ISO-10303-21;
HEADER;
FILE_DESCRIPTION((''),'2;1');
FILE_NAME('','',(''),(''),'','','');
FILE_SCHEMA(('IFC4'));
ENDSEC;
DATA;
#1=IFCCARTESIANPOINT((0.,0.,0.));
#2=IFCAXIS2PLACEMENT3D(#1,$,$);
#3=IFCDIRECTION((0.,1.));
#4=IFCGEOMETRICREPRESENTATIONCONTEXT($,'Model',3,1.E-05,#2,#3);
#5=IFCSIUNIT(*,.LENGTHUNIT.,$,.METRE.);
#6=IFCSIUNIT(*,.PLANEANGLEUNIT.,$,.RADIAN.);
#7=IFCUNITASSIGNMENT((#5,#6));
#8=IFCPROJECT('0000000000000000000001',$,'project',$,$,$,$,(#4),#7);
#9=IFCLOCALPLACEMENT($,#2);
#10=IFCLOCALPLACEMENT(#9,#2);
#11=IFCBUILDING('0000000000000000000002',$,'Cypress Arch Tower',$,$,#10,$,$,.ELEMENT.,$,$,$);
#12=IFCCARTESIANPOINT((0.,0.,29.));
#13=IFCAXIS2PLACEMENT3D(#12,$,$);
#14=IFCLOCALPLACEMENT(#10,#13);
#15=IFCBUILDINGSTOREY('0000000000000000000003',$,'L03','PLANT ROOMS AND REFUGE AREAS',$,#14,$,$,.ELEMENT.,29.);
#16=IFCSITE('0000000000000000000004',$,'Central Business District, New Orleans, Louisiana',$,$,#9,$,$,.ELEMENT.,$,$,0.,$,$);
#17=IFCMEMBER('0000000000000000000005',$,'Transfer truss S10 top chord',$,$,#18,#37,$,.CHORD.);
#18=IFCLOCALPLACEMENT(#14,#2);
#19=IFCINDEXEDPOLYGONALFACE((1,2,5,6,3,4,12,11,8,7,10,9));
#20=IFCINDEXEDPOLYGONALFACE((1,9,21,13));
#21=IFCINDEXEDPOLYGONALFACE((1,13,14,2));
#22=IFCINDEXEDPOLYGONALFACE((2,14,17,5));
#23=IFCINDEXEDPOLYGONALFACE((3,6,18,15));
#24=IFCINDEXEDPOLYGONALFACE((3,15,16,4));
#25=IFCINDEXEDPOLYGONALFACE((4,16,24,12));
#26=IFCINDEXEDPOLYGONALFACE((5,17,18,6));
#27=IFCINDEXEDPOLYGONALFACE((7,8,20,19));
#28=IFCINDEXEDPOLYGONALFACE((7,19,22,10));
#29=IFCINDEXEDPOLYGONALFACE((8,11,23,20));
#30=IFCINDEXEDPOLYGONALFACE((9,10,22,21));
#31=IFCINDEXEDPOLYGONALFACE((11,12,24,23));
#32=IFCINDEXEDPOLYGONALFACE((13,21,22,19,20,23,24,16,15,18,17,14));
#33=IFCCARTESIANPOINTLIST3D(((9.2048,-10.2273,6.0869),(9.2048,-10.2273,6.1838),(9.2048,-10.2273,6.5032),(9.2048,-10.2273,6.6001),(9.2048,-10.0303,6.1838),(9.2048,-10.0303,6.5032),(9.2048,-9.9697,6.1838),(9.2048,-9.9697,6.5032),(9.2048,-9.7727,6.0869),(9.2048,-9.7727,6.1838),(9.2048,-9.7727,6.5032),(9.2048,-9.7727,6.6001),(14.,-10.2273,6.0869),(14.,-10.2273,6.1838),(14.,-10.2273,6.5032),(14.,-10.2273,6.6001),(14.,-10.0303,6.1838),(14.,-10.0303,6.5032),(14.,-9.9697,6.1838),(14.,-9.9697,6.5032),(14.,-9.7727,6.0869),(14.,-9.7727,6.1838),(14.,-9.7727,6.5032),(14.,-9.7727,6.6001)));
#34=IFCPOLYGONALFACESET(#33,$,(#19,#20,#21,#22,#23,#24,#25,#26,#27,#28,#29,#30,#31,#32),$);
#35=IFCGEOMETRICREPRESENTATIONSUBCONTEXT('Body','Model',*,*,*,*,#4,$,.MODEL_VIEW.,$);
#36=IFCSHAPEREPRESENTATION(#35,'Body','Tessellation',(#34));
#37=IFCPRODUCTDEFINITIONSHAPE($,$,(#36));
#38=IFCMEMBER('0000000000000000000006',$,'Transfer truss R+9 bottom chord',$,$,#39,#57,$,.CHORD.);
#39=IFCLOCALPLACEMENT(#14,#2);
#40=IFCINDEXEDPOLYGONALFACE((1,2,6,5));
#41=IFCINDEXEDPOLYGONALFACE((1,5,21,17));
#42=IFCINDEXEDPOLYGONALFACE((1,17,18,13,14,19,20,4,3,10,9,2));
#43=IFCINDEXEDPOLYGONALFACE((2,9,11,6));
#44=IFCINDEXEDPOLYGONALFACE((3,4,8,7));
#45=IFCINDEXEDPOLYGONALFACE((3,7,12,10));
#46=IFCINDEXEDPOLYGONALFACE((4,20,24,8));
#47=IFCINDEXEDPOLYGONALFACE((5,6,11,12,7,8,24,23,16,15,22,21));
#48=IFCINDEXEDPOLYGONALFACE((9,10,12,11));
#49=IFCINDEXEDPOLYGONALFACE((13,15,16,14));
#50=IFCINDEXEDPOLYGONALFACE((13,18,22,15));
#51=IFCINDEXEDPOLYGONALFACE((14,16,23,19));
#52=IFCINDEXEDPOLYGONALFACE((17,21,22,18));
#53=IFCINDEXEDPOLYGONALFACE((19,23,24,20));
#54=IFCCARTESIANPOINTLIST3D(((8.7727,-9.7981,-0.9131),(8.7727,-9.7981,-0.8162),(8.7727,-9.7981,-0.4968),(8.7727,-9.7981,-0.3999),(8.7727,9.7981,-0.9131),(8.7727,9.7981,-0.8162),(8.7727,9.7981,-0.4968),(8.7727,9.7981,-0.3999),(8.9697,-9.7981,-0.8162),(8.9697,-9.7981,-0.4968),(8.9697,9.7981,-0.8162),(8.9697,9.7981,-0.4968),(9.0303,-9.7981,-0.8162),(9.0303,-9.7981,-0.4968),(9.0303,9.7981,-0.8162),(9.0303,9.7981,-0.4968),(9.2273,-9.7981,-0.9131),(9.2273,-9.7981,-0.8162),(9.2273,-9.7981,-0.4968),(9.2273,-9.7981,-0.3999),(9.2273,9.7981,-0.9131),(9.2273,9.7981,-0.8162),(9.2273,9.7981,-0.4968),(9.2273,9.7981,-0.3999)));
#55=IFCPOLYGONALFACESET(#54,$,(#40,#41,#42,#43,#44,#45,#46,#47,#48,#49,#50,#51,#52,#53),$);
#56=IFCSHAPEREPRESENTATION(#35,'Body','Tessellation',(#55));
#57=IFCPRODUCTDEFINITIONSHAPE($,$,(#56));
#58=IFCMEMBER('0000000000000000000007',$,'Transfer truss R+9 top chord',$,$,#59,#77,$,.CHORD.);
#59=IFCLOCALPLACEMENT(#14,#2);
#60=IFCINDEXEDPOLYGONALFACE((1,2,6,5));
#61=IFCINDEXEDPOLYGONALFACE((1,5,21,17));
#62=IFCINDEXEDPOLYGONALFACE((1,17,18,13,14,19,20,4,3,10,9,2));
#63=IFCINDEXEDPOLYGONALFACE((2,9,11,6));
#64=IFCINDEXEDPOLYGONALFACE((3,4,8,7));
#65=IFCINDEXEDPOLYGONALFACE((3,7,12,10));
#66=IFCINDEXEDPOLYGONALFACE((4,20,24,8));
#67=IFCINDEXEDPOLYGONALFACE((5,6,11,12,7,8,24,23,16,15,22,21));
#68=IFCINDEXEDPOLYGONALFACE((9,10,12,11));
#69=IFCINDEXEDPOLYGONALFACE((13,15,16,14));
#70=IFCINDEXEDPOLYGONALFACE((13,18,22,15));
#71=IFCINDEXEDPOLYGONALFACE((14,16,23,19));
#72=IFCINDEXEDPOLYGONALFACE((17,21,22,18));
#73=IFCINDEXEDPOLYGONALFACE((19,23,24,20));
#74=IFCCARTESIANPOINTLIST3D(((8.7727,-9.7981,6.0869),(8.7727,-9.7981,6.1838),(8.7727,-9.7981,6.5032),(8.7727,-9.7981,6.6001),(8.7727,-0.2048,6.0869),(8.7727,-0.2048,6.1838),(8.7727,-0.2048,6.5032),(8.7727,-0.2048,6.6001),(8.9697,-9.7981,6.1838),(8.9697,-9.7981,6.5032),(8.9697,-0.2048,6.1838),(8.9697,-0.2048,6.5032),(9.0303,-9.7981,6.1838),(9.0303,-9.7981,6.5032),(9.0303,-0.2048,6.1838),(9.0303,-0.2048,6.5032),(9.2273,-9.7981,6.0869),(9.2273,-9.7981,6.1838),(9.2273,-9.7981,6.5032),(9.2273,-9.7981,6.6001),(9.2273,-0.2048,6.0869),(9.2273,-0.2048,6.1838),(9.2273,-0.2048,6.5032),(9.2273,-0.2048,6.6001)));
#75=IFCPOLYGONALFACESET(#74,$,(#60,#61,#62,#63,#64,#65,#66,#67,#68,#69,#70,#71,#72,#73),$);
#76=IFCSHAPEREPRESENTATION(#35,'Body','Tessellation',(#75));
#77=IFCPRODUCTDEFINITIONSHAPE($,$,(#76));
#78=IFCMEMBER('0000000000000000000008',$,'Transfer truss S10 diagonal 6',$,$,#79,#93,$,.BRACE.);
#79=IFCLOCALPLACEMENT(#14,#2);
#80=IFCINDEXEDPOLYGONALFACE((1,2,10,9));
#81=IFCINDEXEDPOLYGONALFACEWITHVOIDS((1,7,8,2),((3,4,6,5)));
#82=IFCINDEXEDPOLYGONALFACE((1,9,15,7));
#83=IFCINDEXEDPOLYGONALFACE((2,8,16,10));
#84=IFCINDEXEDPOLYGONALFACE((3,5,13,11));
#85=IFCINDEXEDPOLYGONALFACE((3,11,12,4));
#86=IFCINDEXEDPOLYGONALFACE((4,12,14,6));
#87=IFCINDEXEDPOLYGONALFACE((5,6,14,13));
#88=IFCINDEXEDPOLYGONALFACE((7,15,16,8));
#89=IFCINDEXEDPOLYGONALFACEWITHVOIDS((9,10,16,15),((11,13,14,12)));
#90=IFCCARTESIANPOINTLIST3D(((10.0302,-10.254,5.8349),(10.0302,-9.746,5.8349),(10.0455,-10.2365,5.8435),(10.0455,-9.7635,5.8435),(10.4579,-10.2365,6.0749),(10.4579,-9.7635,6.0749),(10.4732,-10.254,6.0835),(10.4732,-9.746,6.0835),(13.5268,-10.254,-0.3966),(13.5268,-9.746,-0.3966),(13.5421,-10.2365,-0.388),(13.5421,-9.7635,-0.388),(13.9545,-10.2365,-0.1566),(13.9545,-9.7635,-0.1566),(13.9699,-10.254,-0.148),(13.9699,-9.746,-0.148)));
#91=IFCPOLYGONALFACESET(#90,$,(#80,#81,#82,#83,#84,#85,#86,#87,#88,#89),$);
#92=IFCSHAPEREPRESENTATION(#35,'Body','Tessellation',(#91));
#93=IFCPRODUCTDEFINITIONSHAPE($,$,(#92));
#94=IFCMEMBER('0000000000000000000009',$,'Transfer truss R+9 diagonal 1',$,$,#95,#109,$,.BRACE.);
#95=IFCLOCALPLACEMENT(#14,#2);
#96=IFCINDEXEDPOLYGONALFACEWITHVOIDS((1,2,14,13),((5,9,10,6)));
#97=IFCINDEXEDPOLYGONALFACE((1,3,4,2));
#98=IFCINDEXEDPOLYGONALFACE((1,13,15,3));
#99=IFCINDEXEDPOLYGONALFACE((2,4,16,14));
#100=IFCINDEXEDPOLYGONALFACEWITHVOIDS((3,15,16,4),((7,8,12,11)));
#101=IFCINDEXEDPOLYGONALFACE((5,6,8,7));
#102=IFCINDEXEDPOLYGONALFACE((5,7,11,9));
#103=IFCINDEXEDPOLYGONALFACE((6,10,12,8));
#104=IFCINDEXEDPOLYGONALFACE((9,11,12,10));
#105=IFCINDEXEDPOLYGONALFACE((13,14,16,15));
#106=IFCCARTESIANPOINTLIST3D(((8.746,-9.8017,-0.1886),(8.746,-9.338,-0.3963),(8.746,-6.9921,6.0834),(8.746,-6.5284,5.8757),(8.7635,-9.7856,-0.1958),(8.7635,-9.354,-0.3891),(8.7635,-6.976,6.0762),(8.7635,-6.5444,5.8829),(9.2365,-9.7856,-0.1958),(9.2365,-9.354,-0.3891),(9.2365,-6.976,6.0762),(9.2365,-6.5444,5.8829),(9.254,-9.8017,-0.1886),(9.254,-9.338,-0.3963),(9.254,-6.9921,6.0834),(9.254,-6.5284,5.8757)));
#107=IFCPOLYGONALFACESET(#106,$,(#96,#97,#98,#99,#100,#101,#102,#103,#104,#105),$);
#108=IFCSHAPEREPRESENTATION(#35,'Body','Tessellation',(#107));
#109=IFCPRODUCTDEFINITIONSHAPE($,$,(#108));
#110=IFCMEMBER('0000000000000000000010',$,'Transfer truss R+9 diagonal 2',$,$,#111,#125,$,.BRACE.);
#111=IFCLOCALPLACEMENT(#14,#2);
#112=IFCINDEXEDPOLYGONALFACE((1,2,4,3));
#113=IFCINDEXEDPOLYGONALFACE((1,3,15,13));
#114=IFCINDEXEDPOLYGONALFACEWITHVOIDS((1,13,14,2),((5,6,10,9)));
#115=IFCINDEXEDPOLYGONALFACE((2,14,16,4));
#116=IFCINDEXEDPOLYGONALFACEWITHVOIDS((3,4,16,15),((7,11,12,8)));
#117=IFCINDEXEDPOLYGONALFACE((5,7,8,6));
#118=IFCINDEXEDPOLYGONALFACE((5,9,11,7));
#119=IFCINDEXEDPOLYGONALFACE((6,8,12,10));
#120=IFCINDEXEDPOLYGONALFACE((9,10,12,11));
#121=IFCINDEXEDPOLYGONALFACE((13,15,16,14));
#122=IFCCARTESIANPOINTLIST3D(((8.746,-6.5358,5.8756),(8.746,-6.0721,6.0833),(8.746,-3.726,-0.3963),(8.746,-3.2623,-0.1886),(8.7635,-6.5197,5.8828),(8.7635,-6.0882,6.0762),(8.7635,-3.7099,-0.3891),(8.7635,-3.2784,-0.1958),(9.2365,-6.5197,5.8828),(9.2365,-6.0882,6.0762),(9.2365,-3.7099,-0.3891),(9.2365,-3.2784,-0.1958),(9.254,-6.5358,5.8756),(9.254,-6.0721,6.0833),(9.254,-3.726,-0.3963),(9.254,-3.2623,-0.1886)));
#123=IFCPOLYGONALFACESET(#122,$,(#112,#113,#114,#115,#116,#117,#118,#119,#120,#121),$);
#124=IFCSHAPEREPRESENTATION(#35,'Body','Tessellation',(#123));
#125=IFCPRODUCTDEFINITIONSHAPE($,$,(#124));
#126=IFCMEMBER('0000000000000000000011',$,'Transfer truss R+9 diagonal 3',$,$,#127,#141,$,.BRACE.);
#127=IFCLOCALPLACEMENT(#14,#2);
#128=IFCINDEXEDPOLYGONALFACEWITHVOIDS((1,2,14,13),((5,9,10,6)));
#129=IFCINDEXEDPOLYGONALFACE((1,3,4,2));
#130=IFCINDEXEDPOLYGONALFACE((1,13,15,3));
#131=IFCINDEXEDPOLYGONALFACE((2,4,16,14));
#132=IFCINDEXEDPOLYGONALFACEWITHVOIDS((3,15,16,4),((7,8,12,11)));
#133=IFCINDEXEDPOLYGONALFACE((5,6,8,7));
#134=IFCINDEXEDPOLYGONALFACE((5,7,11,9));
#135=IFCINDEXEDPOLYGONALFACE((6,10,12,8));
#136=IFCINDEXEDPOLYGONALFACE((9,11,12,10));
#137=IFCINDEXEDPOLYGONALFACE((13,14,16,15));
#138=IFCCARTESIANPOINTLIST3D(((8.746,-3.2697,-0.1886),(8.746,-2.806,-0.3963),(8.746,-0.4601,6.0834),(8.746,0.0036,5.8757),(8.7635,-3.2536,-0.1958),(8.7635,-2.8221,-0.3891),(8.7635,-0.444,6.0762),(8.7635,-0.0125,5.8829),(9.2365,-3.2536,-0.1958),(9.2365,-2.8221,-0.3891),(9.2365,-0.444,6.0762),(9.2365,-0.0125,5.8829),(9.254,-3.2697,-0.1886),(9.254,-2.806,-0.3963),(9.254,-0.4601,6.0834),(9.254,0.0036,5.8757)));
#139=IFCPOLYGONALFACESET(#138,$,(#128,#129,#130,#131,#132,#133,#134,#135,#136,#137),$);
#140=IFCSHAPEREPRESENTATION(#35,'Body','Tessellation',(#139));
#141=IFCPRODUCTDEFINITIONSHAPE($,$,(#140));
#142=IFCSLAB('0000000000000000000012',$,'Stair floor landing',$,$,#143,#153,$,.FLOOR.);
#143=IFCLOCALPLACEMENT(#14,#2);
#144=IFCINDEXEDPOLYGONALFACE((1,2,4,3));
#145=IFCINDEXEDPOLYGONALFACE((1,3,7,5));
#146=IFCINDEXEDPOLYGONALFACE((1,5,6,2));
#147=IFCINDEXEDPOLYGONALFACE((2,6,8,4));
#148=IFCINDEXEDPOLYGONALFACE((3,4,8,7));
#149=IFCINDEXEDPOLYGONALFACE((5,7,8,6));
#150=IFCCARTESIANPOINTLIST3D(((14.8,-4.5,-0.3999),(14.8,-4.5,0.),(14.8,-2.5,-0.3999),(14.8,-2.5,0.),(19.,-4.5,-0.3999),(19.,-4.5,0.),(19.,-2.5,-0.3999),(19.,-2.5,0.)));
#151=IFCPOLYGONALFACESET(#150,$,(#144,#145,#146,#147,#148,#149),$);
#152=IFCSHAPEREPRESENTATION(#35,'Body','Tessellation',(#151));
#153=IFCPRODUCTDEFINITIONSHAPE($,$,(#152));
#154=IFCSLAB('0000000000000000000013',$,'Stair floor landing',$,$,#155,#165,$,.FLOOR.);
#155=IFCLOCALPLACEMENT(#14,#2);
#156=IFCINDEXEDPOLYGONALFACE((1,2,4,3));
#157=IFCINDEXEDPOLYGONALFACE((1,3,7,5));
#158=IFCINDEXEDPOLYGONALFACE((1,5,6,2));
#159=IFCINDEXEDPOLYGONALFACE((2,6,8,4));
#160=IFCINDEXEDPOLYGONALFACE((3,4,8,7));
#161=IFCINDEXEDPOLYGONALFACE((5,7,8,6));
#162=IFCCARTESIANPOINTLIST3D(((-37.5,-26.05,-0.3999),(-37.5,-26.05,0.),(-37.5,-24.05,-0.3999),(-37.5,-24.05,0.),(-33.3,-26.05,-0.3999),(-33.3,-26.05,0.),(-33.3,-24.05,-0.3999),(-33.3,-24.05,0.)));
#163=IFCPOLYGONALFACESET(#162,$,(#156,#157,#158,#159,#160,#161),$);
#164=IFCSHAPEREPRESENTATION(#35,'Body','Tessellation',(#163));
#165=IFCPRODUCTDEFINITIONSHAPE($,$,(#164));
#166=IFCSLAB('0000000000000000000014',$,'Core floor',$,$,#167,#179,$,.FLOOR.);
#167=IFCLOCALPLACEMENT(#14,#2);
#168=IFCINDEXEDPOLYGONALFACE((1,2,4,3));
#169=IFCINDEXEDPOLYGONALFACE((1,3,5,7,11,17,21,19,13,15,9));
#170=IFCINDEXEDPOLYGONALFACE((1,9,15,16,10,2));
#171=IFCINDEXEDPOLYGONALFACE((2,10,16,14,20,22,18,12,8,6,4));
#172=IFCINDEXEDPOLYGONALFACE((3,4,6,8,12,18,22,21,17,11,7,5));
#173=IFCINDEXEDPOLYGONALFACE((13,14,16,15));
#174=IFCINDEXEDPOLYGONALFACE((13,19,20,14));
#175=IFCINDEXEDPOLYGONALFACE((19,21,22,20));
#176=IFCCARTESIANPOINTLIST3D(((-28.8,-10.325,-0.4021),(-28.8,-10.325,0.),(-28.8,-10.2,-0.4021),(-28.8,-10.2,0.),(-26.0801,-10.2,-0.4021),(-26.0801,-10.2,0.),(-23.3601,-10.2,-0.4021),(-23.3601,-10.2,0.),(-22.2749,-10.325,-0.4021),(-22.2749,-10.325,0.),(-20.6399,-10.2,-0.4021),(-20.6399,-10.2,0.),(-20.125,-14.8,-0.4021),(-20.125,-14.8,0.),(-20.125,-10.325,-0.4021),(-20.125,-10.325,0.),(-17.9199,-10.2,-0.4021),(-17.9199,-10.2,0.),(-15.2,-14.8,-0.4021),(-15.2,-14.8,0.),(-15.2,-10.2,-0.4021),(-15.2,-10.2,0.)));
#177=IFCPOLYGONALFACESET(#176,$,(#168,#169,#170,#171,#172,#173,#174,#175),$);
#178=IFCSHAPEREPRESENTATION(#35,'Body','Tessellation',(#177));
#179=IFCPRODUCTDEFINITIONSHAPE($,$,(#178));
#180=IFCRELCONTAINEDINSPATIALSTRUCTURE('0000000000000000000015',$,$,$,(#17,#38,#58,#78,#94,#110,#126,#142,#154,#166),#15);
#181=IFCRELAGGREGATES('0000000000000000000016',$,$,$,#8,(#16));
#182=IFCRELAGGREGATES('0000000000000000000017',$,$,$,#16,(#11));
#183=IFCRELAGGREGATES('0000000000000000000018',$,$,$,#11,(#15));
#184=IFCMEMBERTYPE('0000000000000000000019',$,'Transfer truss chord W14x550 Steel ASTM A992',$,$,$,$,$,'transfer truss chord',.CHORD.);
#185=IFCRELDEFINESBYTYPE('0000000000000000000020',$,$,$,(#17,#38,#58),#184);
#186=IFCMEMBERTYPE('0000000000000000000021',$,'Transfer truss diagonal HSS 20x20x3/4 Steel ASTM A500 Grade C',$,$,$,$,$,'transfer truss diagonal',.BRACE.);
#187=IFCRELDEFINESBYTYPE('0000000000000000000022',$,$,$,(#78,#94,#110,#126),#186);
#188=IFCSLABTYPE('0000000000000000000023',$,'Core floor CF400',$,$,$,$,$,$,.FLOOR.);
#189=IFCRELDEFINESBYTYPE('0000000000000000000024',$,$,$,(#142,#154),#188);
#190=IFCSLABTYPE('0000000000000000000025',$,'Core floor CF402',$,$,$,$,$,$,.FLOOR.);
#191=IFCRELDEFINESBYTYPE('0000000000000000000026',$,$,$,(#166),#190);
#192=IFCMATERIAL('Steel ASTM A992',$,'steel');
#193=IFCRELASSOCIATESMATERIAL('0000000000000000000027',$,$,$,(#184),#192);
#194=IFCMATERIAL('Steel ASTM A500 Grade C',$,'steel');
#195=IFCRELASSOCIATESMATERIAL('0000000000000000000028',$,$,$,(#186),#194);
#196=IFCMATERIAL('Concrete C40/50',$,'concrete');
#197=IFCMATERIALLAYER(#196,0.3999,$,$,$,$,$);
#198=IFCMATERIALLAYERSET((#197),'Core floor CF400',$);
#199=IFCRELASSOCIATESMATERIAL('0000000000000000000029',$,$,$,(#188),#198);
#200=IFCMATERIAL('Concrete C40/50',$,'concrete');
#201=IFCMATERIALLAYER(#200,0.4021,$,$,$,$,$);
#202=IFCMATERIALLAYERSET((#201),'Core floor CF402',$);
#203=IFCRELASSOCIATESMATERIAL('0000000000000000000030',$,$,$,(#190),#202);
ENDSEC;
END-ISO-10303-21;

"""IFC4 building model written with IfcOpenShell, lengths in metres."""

from ifc_helpers import new_model, si_unit, direction, frame, origin, origin_2d, place, context, subcontext, project, spatial, polyline, hollow_rectangle, i_section, outline, extrude, material, layer, layer_set, material_profile, profile_set, type_object, element, save


model = new_model("IFC4")

# Units and contexts
model_context = context("Model", 3, precision=1e-05, world=origin(), true_north=direction((0.0, 1.0)))
body_context = subcontext(model_context, "Body", "Model", "MODEL_VIEW")
ifc_project = project(units=[si_unit("LENGTHUNIT", "METRE"), si_unit("PLANEANGLEUNIT", "RADIAN")], contexts=[model_context])

# Site, building, storey
site_placement = place(None, origin())
site = spatial("IfcSite", under=ifc_project, at=site_placement, Name="Central Business District, New Orleans, Louisiana", CompositionType="ELEMENT", RefElevation=0.0)
building_placement = place(site_placement, origin())
building = spatial("IfcBuilding", under=site, at=building_placement, Name="Cypress Arch Tower", CompositionType="ELEMENT")
storey_placement = place(building_placement, frame((0.0, 0.0, 29.0)))
storey = spatial("IfcBuildingStorey", under=building, at=storey_placement, Name="L03", Description="PLANT ROOMS AND REFUGE AREAS", CompositionType="ELEMENT", Elevation=29.0)

# Members
ifc_material_1 = material(Name="Steel ASTM A992", Category="steel")
ifc_material_profile_1 = material_profile(ifc_material_1, i_section(OverallWidth=0.4546, OverallDepth=0.5132, WebThickness=0.0605, FlangeThickness=0.0969, at=origin_2d()), Name="W14x550")
ifc_profile_set_1 = profile_set([ifc_material_profile_1], Name="Steel ASTM A992")
member_type_1 = type_object("IfcMemberType", Name="Transfer truss chord W14x550 Steel ASTM A992", ElementType="transfer truss chord", PredefinedType="CHORD", material=ifc_profile_set_1)
member_1_placement = place(storey_placement, frame((9.2048, -10.0, 6.3435), z_axis=(1.0, 0.0, 0.0), x_axis=(0.0, 1.0, 0.0)))
element("IfcMember", 1, at=member_1_placement, inside=storey, type_object=member_type_1, Name="Transfer truss S10 top chord", PredefinedType="CHORD", context=body_context, shape_type="SweptSolid", body=[
    extrude(i_section(OverallWidth=0.4546, OverallDepth=0.5132, WebThickness=0.0605, FlangeThickness=0.0969, at=origin_2d()), origin(), (0.0, 0.0, 1.0), 4.7952),
])
member_2_placement = place(storey_placement, frame((9.0, -9.7981, -0.6565), z_axis=(0.0, 1.0, 0.0), x_axis=(-1.0, 0.0, 0.0)))
element("IfcMember", 2, at=member_2_placement, inside=storey, type_object=member_type_1, Name="Transfer truss R+9 bottom chord", PredefinedType="CHORD", context=body_context, shape_type="SweptSolid", body=[
    extrude(i_section(OverallWidth=0.4546, OverallDepth=0.5132, WebThickness=0.0605, FlangeThickness=0.0969, at=origin_2d()), origin(), (0.0, 0.0, 1.0), 19.5962),
])
member_3_placement = place(storey_placement, frame((9.0, -9.7981, 6.3435), z_axis=(0.0, 1.0, 0.0), x_axis=(-1.0, 0.0, 0.0)))
element("IfcMember", 3, at=member_3_placement, inside=storey, type_object=member_type_1, Name="Transfer truss R+9 top chord", PredefinedType="CHORD", context=body_context, shape_type="SweptSolid", body=[
    extrude(i_section(OverallWidth=0.4546, OverallDepth=0.5132, WebThickness=0.0605, FlangeThickness=0.0969, at=origin_2d()), origin(), (0.0, 0.0, 1.0), 9.5933),
])
ifc_material_2 = material(Name="Steel ASTM A500 Grade C", Category="steel")
ifc_material_profile_2 = material_profile(ifc_material_2, hollow_rectangle(XDim=0.5081, YDim=0.5081, WallThickness=0.0176, at=origin_2d()), Name="HSS 20x20x3/4")
ifc_profile_set_2 = profile_set([ifc_material_profile_2], Name="Steel ASTM A500 Grade C")
member_type_2 = type_object("IfcMemberType", Name="Transfer truss diagonal HSS 20x20x3/4 Steel ASTM A500 Grade C", ElementType="transfer truss diagonal", PredefinedType="BRACE", material=ifc_profile_set_2)
member_4_placement = place(storey_placement, frame((10.2517, -10.0, 5.9592), z_axis=(0.489346, 0.0, -0.87209), x_axis=(0.0, 1.0, 0.0)))
element("IfcMember", 4, at=member_4_placement, inside=storey, type_object=member_type_2, Name="Transfer truss S10 diagonal 6", PredefinedType="BRACE", context=body_context, shape_type="SweptSolid", body=[
    extrude(hollow_rectangle(XDim=0.5081, YDim=0.5081, WallThickness=0.0176, at=origin_2d()), origin(), (0.0, 0.0, 1.0), 7.1455),
])
for number, where, z_axis, x_axis, name in (
    (5, (9.0, -9.5698, -0.2925), (0.0, 0.408813, 0.912618), (-1.0, 0.0, 0.0), "Transfer truss R+9 diagonal 1"),
    (6, (9.0, -6.304, 5.9795), (0.0, 0.408843, -0.912605), (-1.0, 0.0, 0.0), "Transfer truss R+9 diagonal 2"),
    (7, (9.0, -3.0378, -0.2925), (0.0, 0.408813, 0.912618), (-1.0, 0.0, 0.0), "Transfer truss R+9 diagonal 3"),
):
    element("IfcMember", number, at=place(storey_placement, frame(where, z_axis=z_axis, x_axis=x_axis)), inside=storey, type_object=member_type_2, Name=name, PredefinedType="BRACE", context=body_context, shape_type="SweptSolid", body=[
        extrude(hollow_rectangle(XDim=0.5081, YDim=0.5081, WallThickness=0.0176, at=origin_2d()), origin(), (0.0, 0.0, 1.0), 6.8726),
    ])

# Slabs
ifc_material_3 = material(Name="Concrete C40/50", Category="concrete")
ifc_layer_1 = layer(ifc_material_3, 0.3999)
ifc_layer_set_1 = layer_set([ifc_layer_1], Name="Core floor CF400")
slab_type_1 = type_object("IfcSlabType", Name="Core floor CF400", PredefinedType="FLOOR", material=ifc_layer_set_1)
slab_1_placement = place(storey_placement, frame((0.0, 0.0, -0.3999)))
element("IfcSlab", 8, at=slab_1_placement, inside=storey, type_object=slab_type_1, Name="Stair floor landing", PredefinedType="FLOOR", context=body_context, shape_type="SweptSolid", body=[
    extrude(outline(polyline([(19.0, -4.5), (19.0, -2.5), (14.8, -2.5), (14.8, -4.5), (19.0, -4.5)])), origin(), (0.0, 0.0, 1.0), 0.3999),
])
slab_2_placement = place(storey_placement, frame((0.0, 0.0, -0.3999)))
element("IfcSlab", 9, at=slab_2_placement, inside=storey, type_object=slab_type_1, Name="Stair floor landing", PredefinedType="FLOOR", context=body_context, shape_type="SweptSolid", body=[
    extrude(outline(polyline([(-33.3, -26.05), (-33.3, -24.05), (-37.5, -24.05), (-37.5, -26.05), (-33.3, -26.05)])), origin(), (0.0, 0.0, 1.0), 0.3999),
])
ifc_material_4 = material(Name="Concrete C40/50", Category="concrete")
ifc_layer_2 = layer(ifc_material_4, 0.4021)
ifc_layer_set_2 = layer_set([ifc_layer_2], Name="Core floor CF402")
slab_type_2 = type_object("IfcSlabType", Name="Core floor CF402", PredefinedType="FLOOR", material=ifc_layer_set_2)
slab_3_placement = place(storey_placement, frame((0.0, 0.0, -0.4021)))
element("IfcSlab", 10, at=slab_3_placement, inside=storey, type_object=slab_type_2, Name="Core floor", PredefinedType="FLOOR", context=body_context, shape_type="SweptSolid", body=[
    extrude(outline(polyline([(-20.125, -14.8), (-15.2, -14.8), (-15.2, -10.2), (-17.9199, -10.2), (-20.6399, -10.2), (-23.3601, -10.2), (-26.0801, -10.2), (-28.8, -10.2), (-28.8, -10.325), (-22.2749, -10.325), (-20.125, -10.325), (-20.125, -14.8)])), origin(), (0.0, 0.0, 1.0), 0.4021),
])

save(model, "model.ifc")
